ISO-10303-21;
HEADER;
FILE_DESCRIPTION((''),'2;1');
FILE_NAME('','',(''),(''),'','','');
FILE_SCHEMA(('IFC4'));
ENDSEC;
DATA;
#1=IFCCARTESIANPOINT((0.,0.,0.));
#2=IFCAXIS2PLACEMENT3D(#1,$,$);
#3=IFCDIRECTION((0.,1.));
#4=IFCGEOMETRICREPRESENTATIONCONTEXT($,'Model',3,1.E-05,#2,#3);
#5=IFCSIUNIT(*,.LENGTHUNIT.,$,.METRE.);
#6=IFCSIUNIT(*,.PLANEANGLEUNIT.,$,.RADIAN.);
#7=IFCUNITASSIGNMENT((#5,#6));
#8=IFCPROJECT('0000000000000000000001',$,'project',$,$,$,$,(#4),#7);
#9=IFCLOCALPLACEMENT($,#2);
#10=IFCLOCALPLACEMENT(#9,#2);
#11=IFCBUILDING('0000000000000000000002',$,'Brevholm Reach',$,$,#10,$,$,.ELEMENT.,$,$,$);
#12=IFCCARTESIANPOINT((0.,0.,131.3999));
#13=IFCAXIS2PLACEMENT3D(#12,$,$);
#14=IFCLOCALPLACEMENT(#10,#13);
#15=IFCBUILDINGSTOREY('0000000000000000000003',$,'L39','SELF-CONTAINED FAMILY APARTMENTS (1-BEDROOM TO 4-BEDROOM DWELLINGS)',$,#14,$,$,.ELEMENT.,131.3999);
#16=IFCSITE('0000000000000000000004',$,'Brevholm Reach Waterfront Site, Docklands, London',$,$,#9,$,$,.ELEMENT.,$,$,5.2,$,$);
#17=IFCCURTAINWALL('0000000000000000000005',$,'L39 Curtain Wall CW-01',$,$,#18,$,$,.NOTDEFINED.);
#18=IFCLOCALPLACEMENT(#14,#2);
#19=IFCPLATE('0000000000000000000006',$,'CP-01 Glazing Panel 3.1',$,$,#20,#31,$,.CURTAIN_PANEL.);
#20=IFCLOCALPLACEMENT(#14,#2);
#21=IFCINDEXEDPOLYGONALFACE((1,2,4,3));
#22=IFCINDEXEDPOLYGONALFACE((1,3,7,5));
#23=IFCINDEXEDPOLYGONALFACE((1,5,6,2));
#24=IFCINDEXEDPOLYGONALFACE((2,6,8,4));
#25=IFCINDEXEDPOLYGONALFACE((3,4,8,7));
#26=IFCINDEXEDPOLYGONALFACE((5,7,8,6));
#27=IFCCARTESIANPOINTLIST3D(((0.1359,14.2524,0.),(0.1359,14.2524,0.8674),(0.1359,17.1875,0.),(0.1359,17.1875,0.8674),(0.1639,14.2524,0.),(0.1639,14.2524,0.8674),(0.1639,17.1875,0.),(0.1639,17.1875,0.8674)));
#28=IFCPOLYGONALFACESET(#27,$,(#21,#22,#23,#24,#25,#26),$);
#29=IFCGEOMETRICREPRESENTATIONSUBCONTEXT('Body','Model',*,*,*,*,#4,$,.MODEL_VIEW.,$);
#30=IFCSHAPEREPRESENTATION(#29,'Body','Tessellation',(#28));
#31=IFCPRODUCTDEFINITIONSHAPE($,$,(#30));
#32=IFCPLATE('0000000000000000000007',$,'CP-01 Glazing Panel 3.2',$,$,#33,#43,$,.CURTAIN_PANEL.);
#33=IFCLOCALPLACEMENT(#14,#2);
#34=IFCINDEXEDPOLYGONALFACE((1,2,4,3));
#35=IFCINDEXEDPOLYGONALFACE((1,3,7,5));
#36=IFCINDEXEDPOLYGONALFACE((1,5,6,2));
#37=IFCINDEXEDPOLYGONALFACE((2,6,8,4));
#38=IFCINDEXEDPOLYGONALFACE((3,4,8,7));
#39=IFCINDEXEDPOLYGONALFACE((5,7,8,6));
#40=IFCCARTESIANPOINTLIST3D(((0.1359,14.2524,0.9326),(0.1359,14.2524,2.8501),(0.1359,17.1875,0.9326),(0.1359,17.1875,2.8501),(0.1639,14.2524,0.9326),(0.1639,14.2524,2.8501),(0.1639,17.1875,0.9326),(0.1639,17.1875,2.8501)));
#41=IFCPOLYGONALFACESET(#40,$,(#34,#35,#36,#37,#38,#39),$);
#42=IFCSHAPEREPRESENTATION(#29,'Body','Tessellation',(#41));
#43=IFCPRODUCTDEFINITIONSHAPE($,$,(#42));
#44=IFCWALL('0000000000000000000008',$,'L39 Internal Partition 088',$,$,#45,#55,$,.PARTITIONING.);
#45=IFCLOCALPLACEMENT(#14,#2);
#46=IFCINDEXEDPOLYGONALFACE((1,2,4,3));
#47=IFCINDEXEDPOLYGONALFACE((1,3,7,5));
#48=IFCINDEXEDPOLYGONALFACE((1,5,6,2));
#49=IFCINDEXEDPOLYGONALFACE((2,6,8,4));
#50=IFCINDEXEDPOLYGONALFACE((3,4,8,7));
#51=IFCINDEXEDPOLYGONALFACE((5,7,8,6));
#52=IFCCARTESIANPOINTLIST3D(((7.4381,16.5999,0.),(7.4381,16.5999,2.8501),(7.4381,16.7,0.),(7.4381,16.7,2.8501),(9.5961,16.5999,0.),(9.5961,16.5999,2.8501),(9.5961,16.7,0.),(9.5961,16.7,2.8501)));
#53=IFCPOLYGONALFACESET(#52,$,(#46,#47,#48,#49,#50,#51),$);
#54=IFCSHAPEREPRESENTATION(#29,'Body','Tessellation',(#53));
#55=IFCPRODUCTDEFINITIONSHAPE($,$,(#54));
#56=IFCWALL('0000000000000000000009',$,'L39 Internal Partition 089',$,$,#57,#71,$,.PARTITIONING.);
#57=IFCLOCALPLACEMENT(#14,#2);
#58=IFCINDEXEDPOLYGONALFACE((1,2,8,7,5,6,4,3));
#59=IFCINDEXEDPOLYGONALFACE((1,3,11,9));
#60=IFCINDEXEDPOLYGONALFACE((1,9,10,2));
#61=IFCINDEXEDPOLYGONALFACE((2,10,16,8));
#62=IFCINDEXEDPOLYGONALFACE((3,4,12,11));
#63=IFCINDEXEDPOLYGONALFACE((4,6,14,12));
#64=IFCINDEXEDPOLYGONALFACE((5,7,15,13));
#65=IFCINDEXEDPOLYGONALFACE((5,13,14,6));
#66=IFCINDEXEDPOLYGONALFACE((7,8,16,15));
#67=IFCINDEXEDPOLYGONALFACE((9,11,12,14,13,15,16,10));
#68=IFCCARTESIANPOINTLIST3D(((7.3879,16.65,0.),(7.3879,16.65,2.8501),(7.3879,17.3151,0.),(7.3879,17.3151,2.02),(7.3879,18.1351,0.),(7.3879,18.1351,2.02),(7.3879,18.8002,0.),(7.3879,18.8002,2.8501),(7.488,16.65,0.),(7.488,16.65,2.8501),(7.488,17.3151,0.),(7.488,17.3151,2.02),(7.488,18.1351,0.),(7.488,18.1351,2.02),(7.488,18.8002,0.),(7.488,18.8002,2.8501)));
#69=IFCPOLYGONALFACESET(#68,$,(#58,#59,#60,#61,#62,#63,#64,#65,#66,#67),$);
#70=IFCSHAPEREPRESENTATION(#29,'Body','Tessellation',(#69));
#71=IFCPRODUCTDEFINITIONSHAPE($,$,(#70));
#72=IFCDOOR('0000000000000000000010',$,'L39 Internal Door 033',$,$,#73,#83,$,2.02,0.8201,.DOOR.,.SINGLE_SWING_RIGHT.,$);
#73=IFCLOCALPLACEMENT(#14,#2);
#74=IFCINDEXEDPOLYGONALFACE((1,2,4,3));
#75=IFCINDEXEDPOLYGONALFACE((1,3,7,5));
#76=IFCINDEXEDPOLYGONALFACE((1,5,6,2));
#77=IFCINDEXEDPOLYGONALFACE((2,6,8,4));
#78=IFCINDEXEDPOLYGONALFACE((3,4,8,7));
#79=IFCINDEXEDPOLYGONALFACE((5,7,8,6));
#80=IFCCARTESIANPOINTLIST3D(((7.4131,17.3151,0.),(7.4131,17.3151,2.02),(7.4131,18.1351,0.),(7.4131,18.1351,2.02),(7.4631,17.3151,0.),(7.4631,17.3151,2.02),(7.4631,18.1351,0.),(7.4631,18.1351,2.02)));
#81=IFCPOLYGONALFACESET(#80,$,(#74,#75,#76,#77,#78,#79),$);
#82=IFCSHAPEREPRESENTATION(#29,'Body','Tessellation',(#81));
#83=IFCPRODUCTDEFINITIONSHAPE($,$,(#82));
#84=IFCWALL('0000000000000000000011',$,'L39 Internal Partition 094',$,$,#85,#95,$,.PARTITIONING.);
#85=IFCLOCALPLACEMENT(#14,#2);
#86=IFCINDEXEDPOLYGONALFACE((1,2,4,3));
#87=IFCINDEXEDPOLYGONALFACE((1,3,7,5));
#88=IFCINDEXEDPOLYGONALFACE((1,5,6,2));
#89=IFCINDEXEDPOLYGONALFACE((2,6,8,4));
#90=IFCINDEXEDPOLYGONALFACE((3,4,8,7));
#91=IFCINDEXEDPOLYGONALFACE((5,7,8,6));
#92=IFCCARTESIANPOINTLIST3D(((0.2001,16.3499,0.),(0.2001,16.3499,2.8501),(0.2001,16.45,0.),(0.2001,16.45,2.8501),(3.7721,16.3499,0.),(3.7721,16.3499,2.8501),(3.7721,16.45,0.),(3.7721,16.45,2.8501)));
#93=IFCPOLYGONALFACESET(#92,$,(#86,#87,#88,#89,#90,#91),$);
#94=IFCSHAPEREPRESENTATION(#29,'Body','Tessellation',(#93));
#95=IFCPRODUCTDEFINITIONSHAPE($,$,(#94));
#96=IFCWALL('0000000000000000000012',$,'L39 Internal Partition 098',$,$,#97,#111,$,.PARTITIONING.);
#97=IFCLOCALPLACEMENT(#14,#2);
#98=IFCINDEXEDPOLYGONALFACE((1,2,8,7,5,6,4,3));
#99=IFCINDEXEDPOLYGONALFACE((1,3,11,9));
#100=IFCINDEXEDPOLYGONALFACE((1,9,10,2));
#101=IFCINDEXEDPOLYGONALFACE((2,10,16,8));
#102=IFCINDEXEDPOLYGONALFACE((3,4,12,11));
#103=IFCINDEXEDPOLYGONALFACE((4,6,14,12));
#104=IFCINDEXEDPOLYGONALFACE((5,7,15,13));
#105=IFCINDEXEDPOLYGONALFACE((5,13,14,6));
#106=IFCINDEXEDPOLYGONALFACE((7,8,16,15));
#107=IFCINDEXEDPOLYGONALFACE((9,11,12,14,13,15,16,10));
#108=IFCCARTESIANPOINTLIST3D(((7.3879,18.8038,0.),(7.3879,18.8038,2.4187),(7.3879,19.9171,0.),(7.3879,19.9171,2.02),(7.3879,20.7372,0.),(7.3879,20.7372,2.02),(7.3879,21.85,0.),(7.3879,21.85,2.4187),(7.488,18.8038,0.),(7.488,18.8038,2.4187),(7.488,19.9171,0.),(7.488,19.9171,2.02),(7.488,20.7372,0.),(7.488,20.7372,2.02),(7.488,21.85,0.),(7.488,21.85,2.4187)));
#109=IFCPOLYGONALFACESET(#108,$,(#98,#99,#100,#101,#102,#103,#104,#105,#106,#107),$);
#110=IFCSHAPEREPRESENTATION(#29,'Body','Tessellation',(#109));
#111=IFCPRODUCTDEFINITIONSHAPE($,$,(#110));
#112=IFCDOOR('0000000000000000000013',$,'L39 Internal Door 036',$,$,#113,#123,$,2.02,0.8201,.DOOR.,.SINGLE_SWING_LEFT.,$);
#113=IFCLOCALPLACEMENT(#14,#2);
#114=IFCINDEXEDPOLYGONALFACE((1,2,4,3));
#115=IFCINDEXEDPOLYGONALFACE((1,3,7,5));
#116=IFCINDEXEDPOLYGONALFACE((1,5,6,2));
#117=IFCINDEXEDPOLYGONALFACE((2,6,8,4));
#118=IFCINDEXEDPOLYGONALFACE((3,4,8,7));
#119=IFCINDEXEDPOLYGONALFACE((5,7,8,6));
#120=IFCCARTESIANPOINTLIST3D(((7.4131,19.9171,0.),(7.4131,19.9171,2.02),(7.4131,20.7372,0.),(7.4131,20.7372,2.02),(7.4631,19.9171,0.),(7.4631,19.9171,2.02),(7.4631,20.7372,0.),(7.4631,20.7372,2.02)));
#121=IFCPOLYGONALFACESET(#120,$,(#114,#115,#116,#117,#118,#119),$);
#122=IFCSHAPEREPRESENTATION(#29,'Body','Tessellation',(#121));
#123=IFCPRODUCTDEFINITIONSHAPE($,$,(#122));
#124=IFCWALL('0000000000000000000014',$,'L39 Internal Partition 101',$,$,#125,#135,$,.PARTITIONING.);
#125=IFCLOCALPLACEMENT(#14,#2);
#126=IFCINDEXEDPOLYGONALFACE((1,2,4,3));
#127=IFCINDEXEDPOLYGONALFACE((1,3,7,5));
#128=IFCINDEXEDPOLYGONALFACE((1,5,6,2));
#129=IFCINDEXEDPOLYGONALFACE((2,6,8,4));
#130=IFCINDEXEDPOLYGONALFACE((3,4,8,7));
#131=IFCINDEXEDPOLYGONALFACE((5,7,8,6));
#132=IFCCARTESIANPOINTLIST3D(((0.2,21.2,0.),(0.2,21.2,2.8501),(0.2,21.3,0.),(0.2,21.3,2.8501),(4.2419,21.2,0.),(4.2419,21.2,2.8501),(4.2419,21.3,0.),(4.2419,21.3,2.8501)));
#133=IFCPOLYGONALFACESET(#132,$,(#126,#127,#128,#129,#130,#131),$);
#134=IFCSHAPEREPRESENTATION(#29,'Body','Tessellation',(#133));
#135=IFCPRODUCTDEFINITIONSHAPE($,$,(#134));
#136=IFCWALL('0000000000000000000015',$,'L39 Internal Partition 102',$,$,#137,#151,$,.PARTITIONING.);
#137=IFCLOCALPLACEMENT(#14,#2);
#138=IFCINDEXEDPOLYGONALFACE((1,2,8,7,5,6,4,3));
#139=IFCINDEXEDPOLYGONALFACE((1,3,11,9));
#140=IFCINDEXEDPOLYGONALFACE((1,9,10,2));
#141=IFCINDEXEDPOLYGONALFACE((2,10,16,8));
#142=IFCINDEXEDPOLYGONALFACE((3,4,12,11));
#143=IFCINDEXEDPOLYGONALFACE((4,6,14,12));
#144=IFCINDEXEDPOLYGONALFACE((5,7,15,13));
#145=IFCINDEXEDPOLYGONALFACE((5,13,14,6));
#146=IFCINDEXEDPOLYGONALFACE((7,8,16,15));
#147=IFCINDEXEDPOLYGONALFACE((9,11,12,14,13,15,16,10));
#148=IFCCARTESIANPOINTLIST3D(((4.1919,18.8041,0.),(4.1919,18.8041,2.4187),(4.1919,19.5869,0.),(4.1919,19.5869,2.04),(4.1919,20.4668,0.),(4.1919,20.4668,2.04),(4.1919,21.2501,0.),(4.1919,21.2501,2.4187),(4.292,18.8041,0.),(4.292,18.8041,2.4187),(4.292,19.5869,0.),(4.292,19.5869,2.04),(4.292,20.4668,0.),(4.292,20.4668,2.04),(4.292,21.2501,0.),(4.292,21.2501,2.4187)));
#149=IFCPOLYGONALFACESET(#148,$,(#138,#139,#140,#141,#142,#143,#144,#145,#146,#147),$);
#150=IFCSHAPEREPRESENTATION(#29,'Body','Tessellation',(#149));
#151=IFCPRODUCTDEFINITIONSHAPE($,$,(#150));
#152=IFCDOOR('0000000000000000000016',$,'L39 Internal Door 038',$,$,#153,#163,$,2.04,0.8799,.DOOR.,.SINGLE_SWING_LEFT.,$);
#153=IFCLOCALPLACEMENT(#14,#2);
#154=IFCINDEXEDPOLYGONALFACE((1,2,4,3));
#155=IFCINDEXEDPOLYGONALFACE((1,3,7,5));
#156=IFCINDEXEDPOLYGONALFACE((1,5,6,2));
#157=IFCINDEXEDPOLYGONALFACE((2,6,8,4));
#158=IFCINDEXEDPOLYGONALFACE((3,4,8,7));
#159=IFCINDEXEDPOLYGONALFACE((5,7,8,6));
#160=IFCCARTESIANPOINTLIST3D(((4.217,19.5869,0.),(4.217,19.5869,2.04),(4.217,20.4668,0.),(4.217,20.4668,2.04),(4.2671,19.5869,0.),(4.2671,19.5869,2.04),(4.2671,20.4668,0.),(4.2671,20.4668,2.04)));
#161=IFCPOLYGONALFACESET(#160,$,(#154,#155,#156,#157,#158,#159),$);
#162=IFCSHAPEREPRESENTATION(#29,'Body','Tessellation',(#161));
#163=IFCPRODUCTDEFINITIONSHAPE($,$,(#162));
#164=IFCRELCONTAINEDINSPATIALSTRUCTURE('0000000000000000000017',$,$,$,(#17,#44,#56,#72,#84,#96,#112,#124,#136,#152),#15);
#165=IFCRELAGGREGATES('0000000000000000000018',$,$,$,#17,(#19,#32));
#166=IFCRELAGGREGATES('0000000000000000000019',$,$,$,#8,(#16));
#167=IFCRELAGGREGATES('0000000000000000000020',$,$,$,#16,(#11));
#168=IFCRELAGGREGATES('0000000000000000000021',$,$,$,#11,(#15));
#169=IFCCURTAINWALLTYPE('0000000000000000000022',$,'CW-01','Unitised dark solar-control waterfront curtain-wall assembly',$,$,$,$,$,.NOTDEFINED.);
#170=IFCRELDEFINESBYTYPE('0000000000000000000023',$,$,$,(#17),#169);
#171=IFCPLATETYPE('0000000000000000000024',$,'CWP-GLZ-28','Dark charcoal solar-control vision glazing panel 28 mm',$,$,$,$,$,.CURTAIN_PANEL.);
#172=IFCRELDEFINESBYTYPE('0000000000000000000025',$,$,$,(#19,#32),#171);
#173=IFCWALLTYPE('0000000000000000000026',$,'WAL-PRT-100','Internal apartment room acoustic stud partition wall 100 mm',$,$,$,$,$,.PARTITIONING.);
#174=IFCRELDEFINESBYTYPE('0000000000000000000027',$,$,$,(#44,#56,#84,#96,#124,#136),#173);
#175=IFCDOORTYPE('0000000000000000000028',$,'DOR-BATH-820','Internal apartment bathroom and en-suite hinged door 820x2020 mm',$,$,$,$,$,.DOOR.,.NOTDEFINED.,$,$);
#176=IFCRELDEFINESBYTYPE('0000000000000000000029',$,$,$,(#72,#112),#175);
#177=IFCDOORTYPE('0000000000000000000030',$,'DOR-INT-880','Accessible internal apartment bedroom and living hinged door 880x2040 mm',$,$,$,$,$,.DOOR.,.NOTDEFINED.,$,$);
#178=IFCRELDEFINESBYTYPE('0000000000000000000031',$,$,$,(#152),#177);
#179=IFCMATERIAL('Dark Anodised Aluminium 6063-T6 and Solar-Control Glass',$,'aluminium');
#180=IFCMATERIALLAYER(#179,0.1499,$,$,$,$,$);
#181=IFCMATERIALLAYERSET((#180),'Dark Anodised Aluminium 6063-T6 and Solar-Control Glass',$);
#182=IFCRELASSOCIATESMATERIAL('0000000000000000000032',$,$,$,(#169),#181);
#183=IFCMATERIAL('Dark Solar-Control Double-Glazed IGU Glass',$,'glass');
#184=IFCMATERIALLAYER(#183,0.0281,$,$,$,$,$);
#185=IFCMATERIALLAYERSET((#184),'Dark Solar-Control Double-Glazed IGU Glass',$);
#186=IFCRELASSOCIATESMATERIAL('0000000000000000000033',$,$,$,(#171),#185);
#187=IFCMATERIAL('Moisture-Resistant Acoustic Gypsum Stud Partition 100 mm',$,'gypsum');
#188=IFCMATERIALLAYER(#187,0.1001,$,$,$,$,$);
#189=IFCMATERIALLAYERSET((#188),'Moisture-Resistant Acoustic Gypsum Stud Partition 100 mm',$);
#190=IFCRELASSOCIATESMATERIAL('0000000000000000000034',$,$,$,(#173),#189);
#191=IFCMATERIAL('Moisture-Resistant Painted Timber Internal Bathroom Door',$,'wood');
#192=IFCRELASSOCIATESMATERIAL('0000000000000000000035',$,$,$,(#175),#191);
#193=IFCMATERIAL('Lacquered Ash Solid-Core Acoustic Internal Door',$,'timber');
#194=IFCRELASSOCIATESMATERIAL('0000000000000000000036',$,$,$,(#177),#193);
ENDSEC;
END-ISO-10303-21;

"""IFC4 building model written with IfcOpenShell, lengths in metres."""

from ifc_helpers import new_model, si_unit, direction, frame, frame_2d, origin, origin_2d, place, context, subcontext, project, spatial, rectangle, extrude, material, layer, layer_set, type_object, element, fill, aggregate, save


model = new_model("IFC4")

# Units and contexts
model_context = context("Model", 3, precision=1e-05, world=origin(), true_north=direction((0.0, 1.0)))
body_context = subcontext(model_context, "Body", "Model", "MODEL_VIEW")
ifc_project = project(units=[si_unit("LENGTHUNIT", "METRE"), si_unit("PLANEANGLEUNIT", "RADIAN")], contexts=[model_context])

# Site, building, storey
site_placement = place(None, origin())
site = spatial("IfcSite", under=ifc_project, at=site_placement, Name="Brevholm Reach Waterfront Site, Docklands, London", CompositionType="ELEMENT", RefElevation=5.2)
building_placement = place(site_placement, origin())
building = spatial("IfcBuilding", under=site, at=building_placement, Name="Brevholm Reach", CompositionType="ELEMENT")
storey_placement = place(building_placement, frame((0.0, 0.0, 131.3999)))
storey = spatial("IfcBuildingStorey", under=building, at=storey_placement, Name="L39", Description="SELF-CONTAINED FAMILY APARTMENTS (1-BEDROOM TO 4-BEDROOM DWELLINGS)", CompositionType="ELEMENT", Elevation=131.3999)

# Curtain wall, plates
ifc_material_1 = material(Name="Dark Anodised Aluminium 6063-T6 and Solar-Control Glass", Category="aluminium")
ifc_layer_1 = layer(ifc_material_1, 0.1499)
ifc_layer_set_1 = layer_set([ifc_layer_1], Name="Dark Anodised Aluminium 6063-T6 and Solar-Control Glass")
curtain_wall_type = type_object("IfcCurtainWallType", Name="CW-01", Description="Unitised dark solar-control waterfront curtain-wall assembly", PredefinedType="NOTDEFINED", material=ifc_layer_set_1)
curtain_wall_placement = place(storey_placement, origin())
curtain_wall = element("IfcCurtainWall", 1, at=curtain_wall_placement, inside=storey, type_object=curtain_wall_type, Name="L39 Curtain Wall CW-01", PredefinedType="NOTDEFINED")
ifc_material_2 = material(Name="Dark Solar-Control Double-Glazed IGU Glass", Category="glass")
ifc_layer_2 = layer(ifc_material_2, 0.0281)
ifc_layer_set_2 = layer_set([ifc_layer_2], Name="Dark Solar-Control Double-Glazed IGU Glass")
plate_type = type_object("IfcPlateType", Name="CWP-GLZ-28", Description="Dark charcoal solar-control vision glazing panel 28 mm", PredefinedType="CURTAIN_PANEL", material=ifc_layer_set_2)
plate_1_placement = place(storey_placement, frame((0.1499, 15.72, 0.0), z_axis=(0.0, 0.0, 1.0), x_axis=(0.0, -1.0, 0.0)))
plate_1 = element("IfcPlate", 2, at=plate_1_placement, type_object=plate_type, Name="CP-01 Glazing Panel 3.1", PredefinedType="CURTAIN_PANEL", context=body_context, shape_type="SweptSolid", body=[
    extrude(rectangle(XDim=2.9351, YDim=0.0281, at=origin_2d()), origin(), (0.0, 0.0, 1.0), 0.8674),
])
plate_2_placement = place(storey_placement, frame((0.1499, 15.72, 0.9326), z_axis=(0.0, 0.0, 1.0), x_axis=(0.0, -1.0, 0.0)))
plate_2 = element("IfcPlate", 3, at=plate_2_placement, type_object=plate_type, Name="CP-01 Glazing Panel 3.2", PredefinedType="CURTAIN_PANEL", context=body_context, shape_type="SweptSolid", body=[
    extrude(rectangle(XDim=2.9351, YDim=0.0281, at=origin_2d()), origin(), (0.0, 0.0, 1.0), 1.9175),
])
aggregate(curtain_wall, [plate_1, plate_2])

# Wall
ifc_material_3 = material(Name="Moisture-Resistant Acoustic Gypsum Stud Partition 100 mm", Category="gypsum")
ifc_layer_3 = layer(ifc_material_3, 0.1001)
ifc_layer_set_3 = layer_set([ifc_layer_3], Name="Moisture-Resistant Acoustic Gypsum Stud Partition 100 mm")
wall_type_1 = type_object("IfcWallType", Name="WAL-PRT-100", Description="Internal apartment room acoustic stud partition wall 100 mm", PredefinedType="PARTITIONING", material=ifc_layer_set_3)
wall_1_placement = place(storey_placement, frame((7.438, 16.6499, 0.0), z_axis=(0.0, 0.0, 1.0), x_axis=(1.0, 0.0, 0.0)))
element("IfcWall", 4, at=wall_1_placement, inside=storey, type_object=wall_type_1, Name="L39 Internal Partition 088", PredefinedType="PARTITIONING", context=body_context, shape_type="SweptSolid", body=[
    extrude(rectangle(XDim=2.158, YDim=0.1001, at=frame_2d((1.0791, 0.0))), origin(), (0.0, 0.0, 1.0), 2.8501),
])

# Wall, opening, door
wall_2_placement = place(storey_placement, frame((7.438, 16.6499, 0.0), z_axis=(0.0, 0.0, 1.0), x_axis=(0.0, 1.0, 0.0)))
wall_2 = element("IfcWall", 5, at=wall_2_placement, inside=storey, type_object=wall_type_1, Name="L39 Internal Partition 089", PredefinedType="PARTITIONING", context=body_context, shape_type="SweptSolid", body=[
    extrude(rectangle(XDim=2.1501, YDim=0.1001, at=frame_2d((1.0752, 0.0))), origin(), (0.0, 0.0, 1.0), 2.8501),
])
opening_1_placement = place(wall_2_placement, frame((0.665, 0.0, 0.0)))
opening_1 = element("IfcOpeningElement", 6, at=opening_1_placement, cuts=wall_2, PredefinedType="OPENING", context=body_context, shape_type="SweptSolid", body=[
    extrude(rectangle(XDim=0.8201, YDim=2.02, at=frame_2d((0.4102, 1.01))), frame((0.0, 0.0601, 0.0), z_axis=(0.0, -1.0, 0.0), x_axis=(1.0, 0.0, 0.0)), (0.0, 0.0, 1.0), 0.1201),
])
ifc_material_4 = material(Name="Moisture-Resistant Painted Timber Internal Bathroom Door", Category="wood")
door_type_1 = type_object("IfcDoorType", Name="DOR-BATH-820", Description="Internal apartment bathroom and en-suite hinged door 820x2020 mm", OperationType="NOTDEFINED", PredefinedType="DOOR", material=ifc_material_4)
door_1_placement = place(opening_1_placement, origin())
door_1 = element("IfcDoor", 7, at=door_1_placement, inside=storey, type_object=door_type_1, Name="L39 Internal Door 033", OperationType="SINGLE_SWING_RIGHT", OverallHeight=2.02, OverallWidth=0.8201, PredefinedType="DOOR", context=body_context, shape_type="SweptSolid", body=[
    extrude(rectangle(XDim=0.8201, YDim=2.02, at=frame_2d((0.4102, 1.01))), frame((0.0, 0.0249, 0.0), z_axis=(0.0, -1.0, 0.0), x_axis=(1.0, 0.0, 0.0)), (0.0, 0.0, 1.0), 0.05),
])
fill(opening_1, door_1)

# Wall
wall_3_placement = place(storey_placement, frame((0.2, 16.3999, 0.0), z_axis=(0.0, 0.0, 1.0), x_axis=(1.0, 0.0, 0.0)))
element("IfcWall", 8, at=wall_3_placement, inside=storey, type_object=wall_type_1, Name="L39 Internal Partition 094", PredefinedType="PARTITIONING", context=body_context, shape_type="SweptSolid", body=[
    extrude(rectangle(XDim=3.572, YDim=0.1001, at=frame_2d((1.7861, 0.0))), origin(), (0.0, 0.0, 1.0), 2.8501),
])

# Wall, opening, door
wall_4_placement = place(storey_placement, frame((7.438, 18.804, 0.0), z_axis=(0.0, 0.0, 1.0), x_axis=(0.0, 1.0, 0.0)))
wall_4 = element("IfcWall", 9, at=wall_4_placement, inside=storey, type_object=wall_type_1, Name="L39 Internal Partition 098", PredefinedType="PARTITIONING", context=body_context, shape_type="SweptSolid", body=[
    extrude(rectangle(XDim=3.0461, YDim=0.1001, at=frame_2d((1.5229, 0.0))), origin(), (0.0, 0.0, 1.0), 2.4187),
])
opening_2_placement = place(wall_4_placement, frame((1.113, 0.0, 0.0)))
opening_2 = element("IfcOpeningElement", 10, at=opening_2_placement, cuts=wall_4, PredefinedType="OPENING", context=body_context, shape_type="SweptSolid", body=[
    extrude(rectangle(XDim=0.8201, YDim=2.02, at=frame_2d((0.4102, 1.01))), frame((0.0, 0.0601, 0.0), z_axis=(0.0, -1.0, 0.0), x_axis=(1.0, 0.0, 0.0)), (0.0, 0.0, 1.0), 0.1201),
])
door_2_placement = place(opening_2_placement, origin())
door_2 = element("IfcDoor", 11, at=door_2_placement, inside=storey, type_object=door_type_1, Name="L39 Internal Door 036", OperationType="SINGLE_SWING_LEFT", OverallHeight=2.02, OverallWidth=0.8201, PredefinedType="DOOR", context=body_context, shape_type="SweptSolid", body=[
    extrude(rectangle(XDim=0.8201, YDim=2.02, at=frame_2d((0.4102, 1.01))), frame((0.0, 0.0249, 0.0), z_axis=(0.0, -1.0, 0.0), x_axis=(1.0, 0.0, 0.0)), (0.0, 0.0, 1.0), 0.05),
])
fill(opening_2, door_2)

# Wall
wall_5_placement = place(storey_placement, frame((0.2, 21.25, 0.0), z_axis=(0.0, 0.0, 1.0), x_axis=(1.0, 0.0, 0.0)))
element("IfcWall", 12, at=wall_5_placement, inside=storey, type_object=wall_type_1, Name="L39 Internal Partition 101", PredefinedType="PARTITIONING", context=body_context, shape_type="SweptSolid", body=[
    extrude(rectangle(XDim=4.042, YDim=0.1001, at=frame_2d((2.021, 0.0))), origin(), (0.0, 0.0, 1.0), 2.8501),
])

# Wall, opening, door
wall_6_placement = place(storey_placement, frame((4.2419, 18.804, 0.0), z_axis=(0.0, 0.0, 1.0), x_axis=(0.0, 1.0, 0.0)))
wall_6 = element("IfcWall", 13, at=wall_6_placement, inside=storey, type_object=wall_type_1, Name="L39 Internal Partition 102", PredefinedType="PARTITIONING", context=body_context, shape_type="SweptSolid", body=[
    extrude(rectangle(XDim=2.446, YDim=0.1001, at=frame_2d((1.2231, 0.0))), origin(), (0.0, 0.0, 1.0), 2.4187),
])
opening_3_placement = place(wall_6_placement, frame((0.783, 0.0, 0.0)))
opening_3 = element("IfcOpeningElement", 14, at=opening_3_placement, cuts=wall_6, PredefinedType="OPENING", context=body_context, shape_type="SweptSolid", body=[
    extrude(rectangle(XDim=0.8799, YDim=2.04, at=frame_2d((0.4399, 1.02))), frame((0.0, 0.0601, 0.0), z_axis=(0.0, -1.0, 0.0), x_axis=(1.0, 0.0, 0.0)), (0.0, 0.0, 1.0), 0.1201),
])
ifc_material_5 = material(Name="Lacquered Ash Solid-Core Acoustic Internal Door", Category="timber")
door_type_2 = type_object("IfcDoorType", Name="DOR-INT-880", Description="Accessible internal apartment bedroom and living hinged door 880x2040 mm", OperationType="NOTDEFINED", PredefinedType="DOOR", material=ifc_material_5)
door_3_placement = place(opening_3_placement, origin())
door_3 = element("IfcDoor", 15, at=door_3_placement, inside=storey, type_object=door_type_2, Name="L39 Internal Door 038", OperationType="SINGLE_SWING_LEFT", OverallHeight=2.04, OverallWidth=0.8799, PredefinedType="DOOR", context=body_context, shape_type="SweptSolid", body=[
    extrude(rectangle(XDim=0.8799, YDim=2.04, at=frame_2d((0.4399, 1.02))), frame((0.0, 0.0249, 0.0), z_axis=(0.0, -1.0, 0.0), x_axis=(1.0, 0.0, 0.0)), (0.0, 0.0, 1.0), 0.05),
])
fill(opening_3, door_3)

save(model, "model.ifc")
